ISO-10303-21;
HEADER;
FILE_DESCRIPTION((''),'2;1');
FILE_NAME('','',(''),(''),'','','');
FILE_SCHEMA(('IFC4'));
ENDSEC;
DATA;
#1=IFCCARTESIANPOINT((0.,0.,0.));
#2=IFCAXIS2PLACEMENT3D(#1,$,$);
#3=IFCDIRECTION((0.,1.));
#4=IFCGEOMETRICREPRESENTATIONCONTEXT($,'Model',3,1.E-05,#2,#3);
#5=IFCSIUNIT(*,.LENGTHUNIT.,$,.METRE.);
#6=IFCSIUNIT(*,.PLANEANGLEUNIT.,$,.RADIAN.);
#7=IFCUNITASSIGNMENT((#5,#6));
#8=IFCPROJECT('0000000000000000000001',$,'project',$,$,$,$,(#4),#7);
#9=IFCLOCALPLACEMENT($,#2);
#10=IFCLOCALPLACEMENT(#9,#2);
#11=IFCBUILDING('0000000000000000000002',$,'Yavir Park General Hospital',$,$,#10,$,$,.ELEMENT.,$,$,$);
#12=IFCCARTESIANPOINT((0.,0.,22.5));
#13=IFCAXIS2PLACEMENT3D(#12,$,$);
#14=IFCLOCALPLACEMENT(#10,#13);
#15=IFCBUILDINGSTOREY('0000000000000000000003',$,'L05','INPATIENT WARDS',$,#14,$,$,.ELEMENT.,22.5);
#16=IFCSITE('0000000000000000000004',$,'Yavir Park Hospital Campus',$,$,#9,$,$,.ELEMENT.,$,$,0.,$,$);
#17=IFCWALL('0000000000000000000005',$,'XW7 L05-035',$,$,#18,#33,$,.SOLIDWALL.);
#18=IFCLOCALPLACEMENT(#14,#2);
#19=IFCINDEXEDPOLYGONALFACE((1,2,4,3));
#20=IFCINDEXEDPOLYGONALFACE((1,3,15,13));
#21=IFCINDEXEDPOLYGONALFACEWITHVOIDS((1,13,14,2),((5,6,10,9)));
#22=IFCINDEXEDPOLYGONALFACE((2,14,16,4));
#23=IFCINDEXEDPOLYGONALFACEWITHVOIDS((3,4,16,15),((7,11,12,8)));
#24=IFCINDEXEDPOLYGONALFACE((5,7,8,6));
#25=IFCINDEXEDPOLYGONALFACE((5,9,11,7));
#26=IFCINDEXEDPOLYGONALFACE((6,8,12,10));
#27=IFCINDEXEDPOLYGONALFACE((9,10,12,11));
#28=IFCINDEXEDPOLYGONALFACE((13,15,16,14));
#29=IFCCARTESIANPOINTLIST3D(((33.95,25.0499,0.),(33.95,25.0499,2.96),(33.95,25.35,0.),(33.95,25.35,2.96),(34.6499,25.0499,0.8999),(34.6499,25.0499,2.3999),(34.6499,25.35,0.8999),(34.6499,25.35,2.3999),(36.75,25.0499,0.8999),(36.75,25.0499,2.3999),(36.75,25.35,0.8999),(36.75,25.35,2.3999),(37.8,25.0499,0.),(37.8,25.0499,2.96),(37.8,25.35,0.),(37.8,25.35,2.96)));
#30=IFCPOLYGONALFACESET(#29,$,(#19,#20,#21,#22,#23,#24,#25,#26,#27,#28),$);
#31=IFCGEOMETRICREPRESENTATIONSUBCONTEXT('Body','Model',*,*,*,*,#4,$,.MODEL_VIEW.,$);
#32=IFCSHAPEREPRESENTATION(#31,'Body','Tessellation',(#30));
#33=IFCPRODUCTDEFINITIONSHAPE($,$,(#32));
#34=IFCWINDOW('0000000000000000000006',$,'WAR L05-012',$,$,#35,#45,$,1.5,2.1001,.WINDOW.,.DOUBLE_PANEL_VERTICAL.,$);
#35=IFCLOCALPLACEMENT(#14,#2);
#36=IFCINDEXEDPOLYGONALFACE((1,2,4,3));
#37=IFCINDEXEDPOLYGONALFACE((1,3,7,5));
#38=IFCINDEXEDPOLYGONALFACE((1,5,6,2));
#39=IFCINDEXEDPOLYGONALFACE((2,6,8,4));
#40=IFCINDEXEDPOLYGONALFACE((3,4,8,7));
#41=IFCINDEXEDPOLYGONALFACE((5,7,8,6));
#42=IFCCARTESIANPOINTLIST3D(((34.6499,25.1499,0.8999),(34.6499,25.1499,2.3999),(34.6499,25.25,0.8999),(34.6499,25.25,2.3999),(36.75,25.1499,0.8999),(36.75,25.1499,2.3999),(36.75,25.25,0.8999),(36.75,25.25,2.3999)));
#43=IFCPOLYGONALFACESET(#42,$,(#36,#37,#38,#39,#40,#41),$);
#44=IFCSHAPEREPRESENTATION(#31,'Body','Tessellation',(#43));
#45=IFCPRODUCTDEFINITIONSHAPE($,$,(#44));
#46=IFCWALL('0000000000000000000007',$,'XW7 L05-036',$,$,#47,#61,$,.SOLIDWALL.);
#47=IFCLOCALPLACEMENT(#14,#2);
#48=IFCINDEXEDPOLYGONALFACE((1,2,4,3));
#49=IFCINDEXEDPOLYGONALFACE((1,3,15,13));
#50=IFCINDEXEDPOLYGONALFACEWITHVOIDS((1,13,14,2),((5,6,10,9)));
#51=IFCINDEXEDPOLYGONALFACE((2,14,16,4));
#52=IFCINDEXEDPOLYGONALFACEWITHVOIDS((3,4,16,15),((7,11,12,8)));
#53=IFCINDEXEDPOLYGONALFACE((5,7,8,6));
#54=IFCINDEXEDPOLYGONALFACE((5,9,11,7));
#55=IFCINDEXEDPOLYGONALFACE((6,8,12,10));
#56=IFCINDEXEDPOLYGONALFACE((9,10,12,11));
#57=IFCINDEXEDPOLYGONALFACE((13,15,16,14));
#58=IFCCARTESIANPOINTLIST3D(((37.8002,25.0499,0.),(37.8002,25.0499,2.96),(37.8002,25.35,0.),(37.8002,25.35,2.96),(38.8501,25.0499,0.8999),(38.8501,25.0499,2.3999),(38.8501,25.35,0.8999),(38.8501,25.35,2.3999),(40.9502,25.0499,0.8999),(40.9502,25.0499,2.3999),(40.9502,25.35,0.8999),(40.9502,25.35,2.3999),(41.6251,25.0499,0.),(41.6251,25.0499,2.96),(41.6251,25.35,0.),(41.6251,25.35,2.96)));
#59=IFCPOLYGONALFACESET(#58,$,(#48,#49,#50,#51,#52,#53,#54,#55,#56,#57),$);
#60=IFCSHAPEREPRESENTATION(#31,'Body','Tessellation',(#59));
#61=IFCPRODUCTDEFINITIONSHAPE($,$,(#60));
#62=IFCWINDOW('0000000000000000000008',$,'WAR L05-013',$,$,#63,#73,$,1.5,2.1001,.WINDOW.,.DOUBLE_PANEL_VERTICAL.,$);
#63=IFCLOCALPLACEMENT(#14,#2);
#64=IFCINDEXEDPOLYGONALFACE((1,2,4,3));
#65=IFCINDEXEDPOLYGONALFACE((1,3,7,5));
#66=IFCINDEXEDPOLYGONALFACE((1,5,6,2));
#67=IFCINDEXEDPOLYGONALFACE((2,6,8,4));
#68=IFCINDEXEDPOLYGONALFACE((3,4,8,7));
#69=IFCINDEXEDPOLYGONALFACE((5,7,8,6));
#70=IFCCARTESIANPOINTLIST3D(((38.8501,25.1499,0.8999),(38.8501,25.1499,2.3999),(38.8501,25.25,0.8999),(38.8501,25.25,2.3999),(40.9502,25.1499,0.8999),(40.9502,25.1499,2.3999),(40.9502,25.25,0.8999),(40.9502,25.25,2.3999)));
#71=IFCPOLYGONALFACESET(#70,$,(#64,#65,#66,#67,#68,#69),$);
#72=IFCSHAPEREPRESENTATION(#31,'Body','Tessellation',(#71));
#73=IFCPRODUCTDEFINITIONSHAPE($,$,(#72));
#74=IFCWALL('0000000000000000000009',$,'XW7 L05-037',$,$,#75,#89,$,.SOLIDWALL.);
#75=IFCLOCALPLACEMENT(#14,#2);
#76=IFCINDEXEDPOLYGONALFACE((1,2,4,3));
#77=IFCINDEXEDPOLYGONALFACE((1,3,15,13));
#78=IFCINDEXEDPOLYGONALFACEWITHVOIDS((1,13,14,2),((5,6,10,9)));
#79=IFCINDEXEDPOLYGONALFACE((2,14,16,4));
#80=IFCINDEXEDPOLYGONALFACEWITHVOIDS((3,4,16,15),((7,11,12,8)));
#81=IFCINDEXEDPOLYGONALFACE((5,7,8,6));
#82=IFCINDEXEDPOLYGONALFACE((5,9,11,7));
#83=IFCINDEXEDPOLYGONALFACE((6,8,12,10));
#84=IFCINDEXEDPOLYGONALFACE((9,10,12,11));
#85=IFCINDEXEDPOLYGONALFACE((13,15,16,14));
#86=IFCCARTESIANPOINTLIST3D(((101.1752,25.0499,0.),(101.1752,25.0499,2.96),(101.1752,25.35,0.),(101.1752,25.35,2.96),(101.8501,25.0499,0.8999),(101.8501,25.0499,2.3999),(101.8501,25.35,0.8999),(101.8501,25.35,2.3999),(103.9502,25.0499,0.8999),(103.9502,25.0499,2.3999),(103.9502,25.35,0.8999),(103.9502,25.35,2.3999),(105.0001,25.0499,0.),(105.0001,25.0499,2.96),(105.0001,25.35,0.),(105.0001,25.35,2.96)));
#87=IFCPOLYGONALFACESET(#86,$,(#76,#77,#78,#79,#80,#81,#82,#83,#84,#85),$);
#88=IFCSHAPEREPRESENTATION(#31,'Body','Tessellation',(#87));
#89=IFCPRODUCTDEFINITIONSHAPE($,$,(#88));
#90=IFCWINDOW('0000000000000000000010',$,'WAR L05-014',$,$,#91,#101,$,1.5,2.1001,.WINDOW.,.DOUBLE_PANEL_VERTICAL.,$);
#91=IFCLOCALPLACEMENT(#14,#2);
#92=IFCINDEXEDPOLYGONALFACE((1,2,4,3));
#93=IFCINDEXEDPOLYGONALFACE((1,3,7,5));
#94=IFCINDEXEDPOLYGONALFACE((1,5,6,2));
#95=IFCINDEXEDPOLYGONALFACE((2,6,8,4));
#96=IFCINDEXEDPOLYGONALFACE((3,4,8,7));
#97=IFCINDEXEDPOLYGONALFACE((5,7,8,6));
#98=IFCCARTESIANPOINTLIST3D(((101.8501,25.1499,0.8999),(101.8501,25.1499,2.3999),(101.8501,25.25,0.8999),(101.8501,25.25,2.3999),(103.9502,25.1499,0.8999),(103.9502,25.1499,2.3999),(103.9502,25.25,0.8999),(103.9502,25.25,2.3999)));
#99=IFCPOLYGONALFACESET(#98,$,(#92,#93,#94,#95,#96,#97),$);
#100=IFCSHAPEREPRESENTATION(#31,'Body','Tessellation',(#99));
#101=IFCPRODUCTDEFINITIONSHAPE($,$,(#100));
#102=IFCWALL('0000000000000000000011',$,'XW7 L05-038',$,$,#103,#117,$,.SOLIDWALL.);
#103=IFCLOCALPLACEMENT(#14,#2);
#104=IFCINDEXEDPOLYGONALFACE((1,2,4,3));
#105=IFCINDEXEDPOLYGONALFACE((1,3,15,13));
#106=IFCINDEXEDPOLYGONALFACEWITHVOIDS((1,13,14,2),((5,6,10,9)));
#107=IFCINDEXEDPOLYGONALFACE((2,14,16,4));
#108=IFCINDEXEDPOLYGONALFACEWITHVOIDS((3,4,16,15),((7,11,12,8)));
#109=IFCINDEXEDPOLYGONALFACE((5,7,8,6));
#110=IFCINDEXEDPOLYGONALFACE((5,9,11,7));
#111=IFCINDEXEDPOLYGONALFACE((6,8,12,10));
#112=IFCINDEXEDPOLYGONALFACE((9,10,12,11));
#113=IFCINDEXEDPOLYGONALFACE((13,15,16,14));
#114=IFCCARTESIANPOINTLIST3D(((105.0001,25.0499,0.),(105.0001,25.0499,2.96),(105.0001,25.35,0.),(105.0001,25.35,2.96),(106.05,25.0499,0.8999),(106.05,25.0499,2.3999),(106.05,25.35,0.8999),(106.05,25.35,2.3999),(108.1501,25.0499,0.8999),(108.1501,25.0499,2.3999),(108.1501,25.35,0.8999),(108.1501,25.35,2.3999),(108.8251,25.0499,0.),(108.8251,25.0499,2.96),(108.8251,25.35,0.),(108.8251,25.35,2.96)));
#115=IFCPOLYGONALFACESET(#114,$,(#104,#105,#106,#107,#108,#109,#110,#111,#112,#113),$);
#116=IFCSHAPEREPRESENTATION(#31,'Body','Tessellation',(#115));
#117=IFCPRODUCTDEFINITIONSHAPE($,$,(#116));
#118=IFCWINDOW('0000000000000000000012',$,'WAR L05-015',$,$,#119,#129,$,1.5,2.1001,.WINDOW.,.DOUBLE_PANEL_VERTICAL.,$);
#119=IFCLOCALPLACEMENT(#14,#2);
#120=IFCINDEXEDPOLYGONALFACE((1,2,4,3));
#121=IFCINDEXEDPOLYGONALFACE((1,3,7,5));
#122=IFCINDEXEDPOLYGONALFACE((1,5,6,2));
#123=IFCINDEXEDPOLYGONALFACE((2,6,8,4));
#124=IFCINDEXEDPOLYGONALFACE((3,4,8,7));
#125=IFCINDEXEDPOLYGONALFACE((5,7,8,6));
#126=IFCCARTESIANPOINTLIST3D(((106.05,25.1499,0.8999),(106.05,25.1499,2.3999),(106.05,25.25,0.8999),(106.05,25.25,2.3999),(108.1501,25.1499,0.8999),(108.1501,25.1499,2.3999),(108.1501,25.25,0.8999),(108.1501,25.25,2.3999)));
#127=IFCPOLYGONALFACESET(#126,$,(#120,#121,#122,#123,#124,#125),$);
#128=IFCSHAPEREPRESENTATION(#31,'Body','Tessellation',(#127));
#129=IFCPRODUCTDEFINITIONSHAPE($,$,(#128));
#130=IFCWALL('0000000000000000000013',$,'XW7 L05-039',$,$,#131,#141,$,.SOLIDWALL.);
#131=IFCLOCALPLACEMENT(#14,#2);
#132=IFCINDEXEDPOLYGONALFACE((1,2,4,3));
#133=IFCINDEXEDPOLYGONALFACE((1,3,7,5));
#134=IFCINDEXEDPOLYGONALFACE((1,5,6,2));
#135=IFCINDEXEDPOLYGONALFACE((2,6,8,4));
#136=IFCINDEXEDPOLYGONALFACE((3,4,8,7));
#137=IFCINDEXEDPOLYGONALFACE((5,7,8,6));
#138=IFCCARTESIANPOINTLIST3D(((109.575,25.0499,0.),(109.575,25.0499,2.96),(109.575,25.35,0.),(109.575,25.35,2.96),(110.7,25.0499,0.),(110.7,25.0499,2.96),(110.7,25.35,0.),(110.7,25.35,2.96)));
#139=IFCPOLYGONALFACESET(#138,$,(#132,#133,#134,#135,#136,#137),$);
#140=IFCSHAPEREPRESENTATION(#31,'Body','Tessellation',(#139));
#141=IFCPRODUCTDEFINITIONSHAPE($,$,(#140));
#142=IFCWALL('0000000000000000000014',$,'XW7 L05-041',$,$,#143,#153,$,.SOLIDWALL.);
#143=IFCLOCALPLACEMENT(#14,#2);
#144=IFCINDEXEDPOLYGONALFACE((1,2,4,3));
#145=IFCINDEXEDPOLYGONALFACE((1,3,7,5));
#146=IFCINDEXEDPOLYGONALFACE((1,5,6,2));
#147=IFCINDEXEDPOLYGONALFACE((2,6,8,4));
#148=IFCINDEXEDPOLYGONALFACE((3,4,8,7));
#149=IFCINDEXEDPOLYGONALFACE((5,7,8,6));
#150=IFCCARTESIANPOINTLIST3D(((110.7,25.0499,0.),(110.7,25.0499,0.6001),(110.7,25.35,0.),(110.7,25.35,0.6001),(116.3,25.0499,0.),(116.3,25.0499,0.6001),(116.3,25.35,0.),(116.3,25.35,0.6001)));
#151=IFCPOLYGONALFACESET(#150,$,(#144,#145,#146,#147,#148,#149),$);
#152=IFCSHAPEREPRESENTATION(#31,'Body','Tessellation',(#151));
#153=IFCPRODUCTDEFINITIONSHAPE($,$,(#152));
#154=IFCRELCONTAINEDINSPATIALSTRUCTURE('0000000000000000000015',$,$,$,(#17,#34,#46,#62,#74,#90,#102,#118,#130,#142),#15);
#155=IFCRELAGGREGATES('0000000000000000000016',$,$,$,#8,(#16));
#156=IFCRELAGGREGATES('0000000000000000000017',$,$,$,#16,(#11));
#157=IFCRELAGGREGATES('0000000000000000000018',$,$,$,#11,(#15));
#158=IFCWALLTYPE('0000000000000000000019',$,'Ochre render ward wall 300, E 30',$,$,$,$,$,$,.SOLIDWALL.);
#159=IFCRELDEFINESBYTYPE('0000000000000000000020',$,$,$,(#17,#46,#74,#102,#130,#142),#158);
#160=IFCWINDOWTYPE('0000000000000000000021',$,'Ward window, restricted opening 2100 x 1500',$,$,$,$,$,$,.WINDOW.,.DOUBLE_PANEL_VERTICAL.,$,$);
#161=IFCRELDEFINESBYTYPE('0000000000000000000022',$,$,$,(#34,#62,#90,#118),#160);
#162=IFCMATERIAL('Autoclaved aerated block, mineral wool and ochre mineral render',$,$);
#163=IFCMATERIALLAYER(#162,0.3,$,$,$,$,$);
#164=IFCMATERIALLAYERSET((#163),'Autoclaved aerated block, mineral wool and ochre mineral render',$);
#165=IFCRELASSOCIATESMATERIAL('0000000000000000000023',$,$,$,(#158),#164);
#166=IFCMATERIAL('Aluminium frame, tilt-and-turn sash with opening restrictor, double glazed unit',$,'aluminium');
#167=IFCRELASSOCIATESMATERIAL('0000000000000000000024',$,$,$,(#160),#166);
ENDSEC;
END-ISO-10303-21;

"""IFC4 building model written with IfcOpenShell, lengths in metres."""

from ifc_helpers import new_model, si_unit, direction, frame, frame_2d, origin, place, context, subcontext, project, spatial, rectangle, extrude, material, layer, layer_set, type_object, element, fill, save


model = new_model("IFC4")

# Units and contexts
model_context = context("Model", 3, precision=1e-05, world=origin(), true_north=direction((0.0, 1.0)))
body_context = subcontext(model_context, "Body", "Model", "MODEL_VIEW")
ifc_project = project(units=[si_unit("LENGTHUNIT", "METRE"), si_unit("PLANEANGLEUNIT", "RADIAN")], contexts=[model_context])

# Site, building, storey
site_placement = place(None, origin())
site = spatial("IfcSite", under=ifc_project, at=site_placement, Name="Yavir Park Hospital Campus", CompositionType="ELEMENT", RefElevation=0.0)
building_placement = place(site_placement, origin())
building = spatial("IfcBuilding", under=site, at=building_placement, Name="Yavir Park General Hospital", CompositionType="ELEMENT")
storey_placement = place(building_placement, frame((0.0, 0.0, 22.5)))
storey = spatial("IfcBuildingStorey", under=building, at=storey_placement, Name="L05", Description="INPATIENT WARDS", CompositionType="ELEMENT", Elevation=22.5)

# Shared definitions
ifc_material_1 = material(Name="Autoclaved aerated block, mineral wool and ochre mineral render")
ifc_layer_1 = layer(ifc_material_1, 0.3)
ifc_layer_set_1 = layer_set([ifc_layer_1], Name="Autoclaved aerated block, mineral wool and ochre mineral render")
wall_type = type_object("IfcWallType", Name="Ochre render ward wall 300, E 30", PredefinedType="SOLIDWALL", material=ifc_layer_set_1)

# Walls, openings, windows
wall_1_placement = place(storey_placement, frame((33.95, 25.2, 0.0), z_axis=(0.0, 0.0, 1.0), x_axis=(1.0, 0.0, 0.0)))
wall_1 = element("IfcWall", 1, at=wall_1_placement, inside=storey, type_object=wall_type, Name="XW7 L05-035", PredefinedType="SOLIDWALL", context=body_context, shape_type="SweptSolid", body=[
    extrude(rectangle(XDim=3.8501, YDim=0.3, at=frame_2d((1.925, 0.0))), origin(), (0.0, 0.0, 1.0), 2.96),
])
opening_1_placement = place(wall_1_placement, frame((0.7, 0.0, 0.8999)))
opening_1 = element("IfcOpeningElement", 2, at=opening_1_placement, cuts=wall_1, PredefinedType="OPENING", context=body_context, shape_type="SweptSolid", body=[
    extrude(rectangle(XDim=2.1001, YDim=1.5, at=frame_2d((1.05, 0.75))), frame((0.0, 0.1599, 0.0), z_axis=(0.0, -1.0, 0.0), x_axis=(1.0, 0.0, 0.0)), (0.0, 0.0, 1.0), 0.3201),
])
ifc_material_2 = material(Name="Aluminium frame, tilt-and-turn sash with opening restrictor, double glazed unit", Category="aluminium")
window_type = type_object("IfcWindowType", Name="Ward window, restricted opening 2100 x 1500", PartitioningType="DOUBLE_PANEL_VERTICAL", PredefinedType="WINDOW", material=ifc_material_2)
window_1_placement = place(opening_1_placement, origin())
window_1 = element("IfcWindow", 3, at=window_1_placement, inside=storey, type_object=window_type, Name="WAR L05-012", OverallHeight=1.5, OverallWidth=2.1001, PartitioningType="DOUBLE_PANEL_VERTICAL", PredefinedType="WINDOW", context=body_context, shape_type="SweptSolid", body=[
    extrude(rectangle(XDim=2.1001, YDim=1.5, at=frame_2d((1.05, 0.75))), frame((0.0, 0.05, 0.0), z_axis=(0.0, -1.0, 0.0), x_axis=(1.0, 0.0, 0.0)), (0.0, 0.0, 1.0), 0.1001),
])
fill(opening_1, window_1)
wall_2_placement = place(storey_placement, frame((37.8, 25.2, 0.0), z_axis=(0.0, 0.0, 1.0), x_axis=(1.0, 0.0, 0.0)))
wall_2 = element("IfcWall", 4, at=wall_2_placement, inside=storey, type_object=wall_type, Name="XW7 L05-036", PredefinedType="SOLIDWALL", context=body_context, shape_type="SweptSolid", body=[
    extrude(rectangle(XDim=3.825, YDim=0.3, at=frame_2d((1.9126, 0.0))), origin(), (0.0, 0.0, 1.0), 2.96),
])
opening_2_placement = place(wall_2_placement, frame((1.05, 0.0, 0.8999)))
opening_2 = element("IfcOpeningElement", 5, at=opening_2_placement, cuts=wall_2, PredefinedType="OPENING", context=body_context, shape_type="SweptSolid", body=[
    extrude(rectangle(XDim=2.1001, YDim=1.5, at=frame_2d((1.05, 0.75))), frame((0.0, 0.1599, 0.0), z_axis=(0.0, -1.0, 0.0), x_axis=(1.0, 0.0, 0.0)), (0.0, 0.0, 1.0), 0.3201),
])
window_2_placement = place(opening_2_placement, origin())
window_2 = element("IfcWindow", 6, at=window_2_placement, inside=storey, type_object=window_type, Name="WAR L05-013", OverallHeight=1.5, OverallWidth=2.1001, PartitioningType="DOUBLE_PANEL_VERTICAL", PredefinedType="WINDOW", context=body_context, shape_type="SweptSolid", body=[
    extrude(rectangle(XDim=2.1001, YDim=1.5, at=frame_2d((1.05, 0.75))), frame((0.0, 0.05, 0.0), z_axis=(0.0, -1.0, 0.0), x_axis=(1.0, 0.0, 0.0)), (0.0, 0.0, 1.0), 0.1001),
])
fill(opening_2, window_2)
wall_3_placement = place(storey_placement, frame((101.175, 25.2, 0.0), z_axis=(0.0, 0.0, 1.0), x_axis=(1.0, 0.0, 0.0)))
wall_3 = element("IfcWall", 7, at=wall_3_placement, inside=storey, type_object=wall_type, Name="XW7 L05-037", PredefinedType="SOLIDWALL", context=body_context, shape_type="SweptSolid", body=[
    extrude(rectangle(XDim=3.825, YDim=0.3, at=frame_2d((1.9126, 0.0))), origin(), (0.0, 0.0, 1.0), 2.96),
])
opening_3_placement = place(wall_3_placement, frame((0.675, 0.0, 0.8999)))
opening_3 = element("IfcOpeningElement", 8, at=opening_3_placement, cuts=wall_3, PredefinedType="OPENING", context=body_context, shape_type="SweptSolid", body=[
    extrude(rectangle(XDim=2.1001, YDim=1.5, at=frame_2d((1.05, 0.75))), frame((0.0, 0.1599, 0.0), z_axis=(0.0, -1.0, 0.0), x_axis=(1.0, 0.0, 0.0)), (0.0, 0.0, 1.0), 0.3201),
])
window_3_placement = place(opening_3_placement, origin())
window_3 = element("IfcWindow", 9, at=window_3_placement, inside=storey, type_object=window_type, Name="WAR L05-014", OverallHeight=1.5, OverallWidth=2.1001, PartitioningType="DOUBLE_PANEL_VERTICAL", PredefinedType="WINDOW", context=body_context, shape_type="SweptSolid", body=[
    extrude(rectangle(XDim=2.1001, YDim=1.5, at=frame_2d((1.05, 0.75))), frame((0.0, 0.05, 0.0), z_axis=(0.0, -1.0, 0.0), x_axis=(1.0, 0.0, 0.0)), (0.0, 0.0, 1.0), 0.1001),
])
fill(opening_3, window_3)
wall_4_placement = place(storey_placement, frame((105.0, 25.2, 0.0), z_axis=(0.0, 0.0, 1.0), x_axis=(1.0, 0.0, 0.0)))
wall_4 = element("IfcWall", 10, at=wall_4_placement, inside=storey, type_object=wall_type, Name="XW7 L05-038", PredefinedType="SOLIDWALL", context=body_context, shape_type="SweptSolid", body=[
    extrude(rectangle(XDim=3.825, YDim=0.3, at=frame_2d((1.9126, 0.0))), origin(), (0.0, 0.0, 1.0), 2.96),
])
opening_4_placement = place(wall_4_placement, frame((1.05, 0.0, 0.8999)))
opening_4 = element("IfcOpeningElement", 11, at=opening_4_placement, cuts=wall_4, PredefinedType="OPENING", context=body_context, shape_type="SweptSolid", body=[
    extrude(rectangle(XDim=2.1001, YDim=1.5, at=frame_2d((1.05, 0.75))), frame((0.0, 0.1599, 0.0), z_axis=(0.0, -1.0, 0.0), x_axis=(1.0, 0.0, 0.0)), (0.0, 0.0, 1.0), 0.3201),
])
window_4_placement = place(opening_4_placement, origin())
window_4 = element("IfcWindow", 12, at=window_4_placement, inside=storey, type_object=window_type, Name="WAR L05-015", OverallHeight=1.5, OverallWidth=2.1001, PartitioningType="DOUBLE_PANEL_VERTICAL", PredefinedType="WINDOW", context=body_context, shape_type="SweptSolid", body=[
    extrude(rectangle(XDim=2.1001, YDim=1.5, at=frame_2d((1.05, 0.75))), frame((0.0, 0.05, 0.0), z_axis=(0.0, -1.0, 0.0), x_axis=(1.0, 0.0, 0.0)), (0.0, 0.0, 1.0), 0.1001),
])
fill(opening_4, window_4)

# Walls
wall_5_placement = place(storey_placement, frame((109.575, 25.2, 0.0), z_axis=(0.0, 0.0, 1.0), x_axis=(1.0, 0.0, 0.0)))
element("IfcWall", 13, at=wall_5_placement, inside=storey, type_object=wall_type, Name="XW7 L05-039", PredefinedType="SOLIDWALL", context=body_context, shape_type="SweptSolid", body=[
    extrude(rectangle(XDim=1.125, YDim=0.3, at=frame_2d((0.5625, 0.0))), origin(), (0.0, 0.0, 1.0), 2.96),
])
wall_6_placement = place(storey_placement, frame((110.7, 25.2, 0.0), z_axis=(0.0, 0.0, 1.0), x_axis=(1.0, 0.0, 0.0)))
element("IfcWall", 14, at=wall_6_placement, inside=storey, type_object=wall_type, Name="XW7 L05-041", PredefinedType="SOLIDWALL", context=body_context, shape_type="SweptSolid", body=[
    extrude(rectangle(XDim=5.6001, YDim=0.3, at=frame_2d((2.8, 0.0))), origin(), (0.0, 0.0, 1.0), 0.6001),
])

save(model, "model.ifc")
